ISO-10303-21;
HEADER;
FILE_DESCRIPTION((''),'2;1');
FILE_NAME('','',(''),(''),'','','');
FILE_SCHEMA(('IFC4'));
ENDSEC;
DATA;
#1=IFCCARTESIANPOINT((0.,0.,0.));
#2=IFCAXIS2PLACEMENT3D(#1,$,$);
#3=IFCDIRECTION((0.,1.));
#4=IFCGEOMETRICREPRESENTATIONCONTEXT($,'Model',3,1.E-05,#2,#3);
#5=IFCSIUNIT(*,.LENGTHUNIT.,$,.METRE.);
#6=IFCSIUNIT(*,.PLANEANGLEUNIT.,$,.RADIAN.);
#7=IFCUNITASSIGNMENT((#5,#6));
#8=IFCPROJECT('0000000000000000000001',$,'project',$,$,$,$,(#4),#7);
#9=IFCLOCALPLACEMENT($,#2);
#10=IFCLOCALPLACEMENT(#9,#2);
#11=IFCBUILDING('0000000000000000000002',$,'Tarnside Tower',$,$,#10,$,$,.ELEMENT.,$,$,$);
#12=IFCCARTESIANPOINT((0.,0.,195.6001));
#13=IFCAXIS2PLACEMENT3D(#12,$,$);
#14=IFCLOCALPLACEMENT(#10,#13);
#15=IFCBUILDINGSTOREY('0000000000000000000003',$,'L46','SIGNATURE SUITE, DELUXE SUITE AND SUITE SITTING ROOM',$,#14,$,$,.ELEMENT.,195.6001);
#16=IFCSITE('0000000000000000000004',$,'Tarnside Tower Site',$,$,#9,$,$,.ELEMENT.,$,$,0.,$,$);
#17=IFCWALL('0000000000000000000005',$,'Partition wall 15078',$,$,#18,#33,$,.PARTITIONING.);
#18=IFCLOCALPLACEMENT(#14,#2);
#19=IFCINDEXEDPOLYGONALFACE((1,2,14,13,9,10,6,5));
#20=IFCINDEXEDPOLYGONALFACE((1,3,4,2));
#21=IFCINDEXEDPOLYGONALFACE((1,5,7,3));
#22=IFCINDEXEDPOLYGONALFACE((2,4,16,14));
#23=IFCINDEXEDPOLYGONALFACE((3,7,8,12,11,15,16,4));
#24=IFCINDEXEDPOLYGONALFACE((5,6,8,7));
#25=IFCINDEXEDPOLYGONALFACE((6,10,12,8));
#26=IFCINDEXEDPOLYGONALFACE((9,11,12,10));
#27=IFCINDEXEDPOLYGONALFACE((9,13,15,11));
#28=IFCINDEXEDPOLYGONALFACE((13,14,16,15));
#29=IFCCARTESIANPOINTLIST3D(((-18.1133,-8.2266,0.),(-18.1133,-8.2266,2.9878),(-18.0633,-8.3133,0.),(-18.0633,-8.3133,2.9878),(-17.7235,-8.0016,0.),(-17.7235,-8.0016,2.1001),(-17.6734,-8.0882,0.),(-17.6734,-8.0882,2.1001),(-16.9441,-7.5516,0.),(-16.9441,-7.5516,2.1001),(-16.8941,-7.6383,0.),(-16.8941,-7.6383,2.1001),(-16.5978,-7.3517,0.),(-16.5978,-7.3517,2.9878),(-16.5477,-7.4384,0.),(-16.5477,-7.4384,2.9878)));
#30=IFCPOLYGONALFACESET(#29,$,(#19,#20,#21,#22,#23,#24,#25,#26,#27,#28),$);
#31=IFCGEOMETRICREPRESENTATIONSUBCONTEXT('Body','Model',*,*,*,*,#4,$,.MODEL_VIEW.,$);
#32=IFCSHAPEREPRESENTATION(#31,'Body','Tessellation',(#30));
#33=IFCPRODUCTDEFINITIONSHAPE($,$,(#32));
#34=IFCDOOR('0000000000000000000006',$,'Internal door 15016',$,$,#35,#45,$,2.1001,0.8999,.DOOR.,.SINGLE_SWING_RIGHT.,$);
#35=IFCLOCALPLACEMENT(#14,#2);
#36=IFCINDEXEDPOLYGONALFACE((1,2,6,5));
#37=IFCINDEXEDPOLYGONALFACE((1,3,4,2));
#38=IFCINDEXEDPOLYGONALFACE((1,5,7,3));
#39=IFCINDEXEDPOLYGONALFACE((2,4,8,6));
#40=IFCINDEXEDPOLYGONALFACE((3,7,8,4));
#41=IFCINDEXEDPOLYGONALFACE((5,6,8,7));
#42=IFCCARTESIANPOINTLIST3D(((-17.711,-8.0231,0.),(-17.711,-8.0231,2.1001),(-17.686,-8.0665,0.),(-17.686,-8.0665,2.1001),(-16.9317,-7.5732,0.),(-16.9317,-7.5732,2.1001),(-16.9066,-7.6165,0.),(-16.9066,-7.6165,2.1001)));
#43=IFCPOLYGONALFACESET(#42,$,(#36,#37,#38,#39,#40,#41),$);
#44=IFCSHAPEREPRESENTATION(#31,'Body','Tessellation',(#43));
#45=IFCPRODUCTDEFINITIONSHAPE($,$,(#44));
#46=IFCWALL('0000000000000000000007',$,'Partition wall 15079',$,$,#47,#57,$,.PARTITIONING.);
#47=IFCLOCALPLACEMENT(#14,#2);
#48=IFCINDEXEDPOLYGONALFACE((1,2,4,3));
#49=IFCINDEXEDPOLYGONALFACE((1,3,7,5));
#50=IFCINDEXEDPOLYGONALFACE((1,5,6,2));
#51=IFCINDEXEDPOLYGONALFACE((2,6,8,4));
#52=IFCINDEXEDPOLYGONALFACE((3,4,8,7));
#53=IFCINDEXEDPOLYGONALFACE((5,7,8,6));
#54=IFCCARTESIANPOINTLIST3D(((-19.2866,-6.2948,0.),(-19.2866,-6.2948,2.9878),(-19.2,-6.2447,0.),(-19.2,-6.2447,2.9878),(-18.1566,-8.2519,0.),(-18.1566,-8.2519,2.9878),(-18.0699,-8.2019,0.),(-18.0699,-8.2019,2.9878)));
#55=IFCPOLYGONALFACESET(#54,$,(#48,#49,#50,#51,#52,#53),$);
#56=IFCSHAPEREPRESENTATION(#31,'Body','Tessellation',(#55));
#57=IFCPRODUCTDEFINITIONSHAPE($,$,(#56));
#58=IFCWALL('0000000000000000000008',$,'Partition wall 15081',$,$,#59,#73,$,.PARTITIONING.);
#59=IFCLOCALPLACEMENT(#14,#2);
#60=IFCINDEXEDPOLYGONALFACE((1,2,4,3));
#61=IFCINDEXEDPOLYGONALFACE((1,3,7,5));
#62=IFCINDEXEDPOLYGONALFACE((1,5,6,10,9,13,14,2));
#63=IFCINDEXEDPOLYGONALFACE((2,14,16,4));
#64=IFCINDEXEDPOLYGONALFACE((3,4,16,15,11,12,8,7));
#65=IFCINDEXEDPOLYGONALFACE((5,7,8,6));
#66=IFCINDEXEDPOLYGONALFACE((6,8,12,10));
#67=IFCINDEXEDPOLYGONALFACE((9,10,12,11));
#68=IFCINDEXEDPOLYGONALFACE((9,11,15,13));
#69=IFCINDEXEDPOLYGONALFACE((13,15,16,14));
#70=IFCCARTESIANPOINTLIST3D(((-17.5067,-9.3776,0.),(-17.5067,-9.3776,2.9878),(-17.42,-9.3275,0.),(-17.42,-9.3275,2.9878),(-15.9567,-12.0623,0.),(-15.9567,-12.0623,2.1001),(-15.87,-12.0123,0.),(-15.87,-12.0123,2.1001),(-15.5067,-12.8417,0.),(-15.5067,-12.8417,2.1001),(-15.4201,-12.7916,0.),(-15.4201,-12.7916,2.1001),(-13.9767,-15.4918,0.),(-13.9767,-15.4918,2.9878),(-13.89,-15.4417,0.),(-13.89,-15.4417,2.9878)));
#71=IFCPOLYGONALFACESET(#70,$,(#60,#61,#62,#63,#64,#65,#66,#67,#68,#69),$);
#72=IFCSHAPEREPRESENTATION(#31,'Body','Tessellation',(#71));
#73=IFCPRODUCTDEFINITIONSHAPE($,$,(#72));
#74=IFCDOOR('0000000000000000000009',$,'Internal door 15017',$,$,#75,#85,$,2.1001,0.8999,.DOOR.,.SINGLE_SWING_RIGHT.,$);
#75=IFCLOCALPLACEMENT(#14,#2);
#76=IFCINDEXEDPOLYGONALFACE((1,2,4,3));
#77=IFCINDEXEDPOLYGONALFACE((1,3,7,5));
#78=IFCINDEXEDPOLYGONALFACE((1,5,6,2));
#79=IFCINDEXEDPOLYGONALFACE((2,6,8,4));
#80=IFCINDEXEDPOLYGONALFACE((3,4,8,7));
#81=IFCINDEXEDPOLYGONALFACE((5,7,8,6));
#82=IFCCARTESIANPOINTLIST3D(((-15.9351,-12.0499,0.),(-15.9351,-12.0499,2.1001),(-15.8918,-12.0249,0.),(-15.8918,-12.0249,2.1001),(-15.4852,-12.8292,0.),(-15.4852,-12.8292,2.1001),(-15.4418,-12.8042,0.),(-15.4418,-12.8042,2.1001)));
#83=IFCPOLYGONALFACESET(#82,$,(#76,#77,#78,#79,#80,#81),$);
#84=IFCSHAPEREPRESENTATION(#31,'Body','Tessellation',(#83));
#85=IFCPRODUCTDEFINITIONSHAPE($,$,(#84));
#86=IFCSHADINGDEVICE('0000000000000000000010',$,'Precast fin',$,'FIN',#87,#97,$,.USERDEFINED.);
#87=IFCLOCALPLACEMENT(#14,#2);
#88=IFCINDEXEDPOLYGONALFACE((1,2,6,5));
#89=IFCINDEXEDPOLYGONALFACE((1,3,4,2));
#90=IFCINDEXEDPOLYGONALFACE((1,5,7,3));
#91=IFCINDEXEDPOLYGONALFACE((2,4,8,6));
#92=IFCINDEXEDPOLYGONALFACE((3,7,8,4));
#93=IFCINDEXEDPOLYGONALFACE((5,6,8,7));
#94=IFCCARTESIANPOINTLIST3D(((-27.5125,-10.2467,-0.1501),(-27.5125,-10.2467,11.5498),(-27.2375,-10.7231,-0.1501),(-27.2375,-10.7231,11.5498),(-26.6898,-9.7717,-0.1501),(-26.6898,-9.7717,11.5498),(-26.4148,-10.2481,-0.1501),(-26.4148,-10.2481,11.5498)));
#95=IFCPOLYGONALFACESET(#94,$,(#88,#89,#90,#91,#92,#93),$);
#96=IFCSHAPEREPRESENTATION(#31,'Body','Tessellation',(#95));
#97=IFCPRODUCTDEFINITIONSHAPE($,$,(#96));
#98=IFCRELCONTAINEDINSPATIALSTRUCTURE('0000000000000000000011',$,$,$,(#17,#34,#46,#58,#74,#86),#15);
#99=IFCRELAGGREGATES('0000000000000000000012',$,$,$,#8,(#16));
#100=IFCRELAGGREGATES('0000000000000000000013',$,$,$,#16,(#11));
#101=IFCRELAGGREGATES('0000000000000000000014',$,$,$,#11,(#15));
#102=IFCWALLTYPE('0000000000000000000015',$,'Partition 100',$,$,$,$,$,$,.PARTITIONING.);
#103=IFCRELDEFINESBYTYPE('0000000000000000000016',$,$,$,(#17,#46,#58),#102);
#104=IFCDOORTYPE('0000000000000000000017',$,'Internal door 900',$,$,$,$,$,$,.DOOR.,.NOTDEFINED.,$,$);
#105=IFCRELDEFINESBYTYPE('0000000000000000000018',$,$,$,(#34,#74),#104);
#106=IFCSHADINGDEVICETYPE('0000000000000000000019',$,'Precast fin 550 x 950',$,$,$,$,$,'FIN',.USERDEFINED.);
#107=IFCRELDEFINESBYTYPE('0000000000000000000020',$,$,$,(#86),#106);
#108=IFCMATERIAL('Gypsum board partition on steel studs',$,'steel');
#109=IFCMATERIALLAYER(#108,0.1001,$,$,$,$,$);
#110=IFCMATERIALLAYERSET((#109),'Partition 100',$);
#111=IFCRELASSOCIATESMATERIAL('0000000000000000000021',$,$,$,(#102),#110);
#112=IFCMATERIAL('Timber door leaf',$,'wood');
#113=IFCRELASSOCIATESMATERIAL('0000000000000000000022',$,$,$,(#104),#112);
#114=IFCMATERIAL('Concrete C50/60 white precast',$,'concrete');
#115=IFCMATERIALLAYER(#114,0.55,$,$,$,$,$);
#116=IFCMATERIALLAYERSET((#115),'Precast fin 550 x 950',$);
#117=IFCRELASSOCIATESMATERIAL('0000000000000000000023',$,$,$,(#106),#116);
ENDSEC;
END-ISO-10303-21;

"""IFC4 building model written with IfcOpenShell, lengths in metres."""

from ifc_helpers import new_model, si_unit, direction, frame, frame_2d, origin, place, context, subcontext, project, spatial, polyline, rectangle, outline, extrude, material, layer, layer_set, type_object, element, fill, save


model = new_model("IFC4")

# Units and contexts
model_context = context("Model", 3, precision=1e-05, world=origin(), true_north=direction((0.0, 1.0)))
body_context = subcontext(model_context, "Body", "Model", "MODEL_VIEW")
ifc_project = project(units=[si_unit("LENGTHUNIT", "METRE"), si_unit("PLANEANGLEUNIT", "RADIAN")], contexts=[model_context])

# Site, building, storey
site_placement = place(None, origin())
site = spatial("IfcSite", under=ifc_project, at=site_placement, Name="Tarnside Tower Site", CompositionType="ELEMENT", RefElevation=0.0)
building_placement = place(site_placement, origin())
building = spatial("IfcBuilding", under=site, at=building_placement, Name="Tarnside Tower", CompositionType="ELEMENT")
storey_placement = place(building_placement, frame((0.0, 0.0, 195.6001)))
storey = spatial("IfcBuildingStorey", under=building, at=storey_placement, Name="L46", Description="SIGNATURE SUITE, DELUXE SUITE AND SUITE SITTING ROOM", CompositionType="ELEMENT", Elevation=195.6001)

# Shared definitions
ifc_material_1 = material(Name="Gypsum board partition on steel studs", Category="steel")

# Shared definitions
ifc_material_2 = material(Name="Timber door leaf", Category="wood")

# Wall, opening, door
ifc_layer_1 = layer(ifc_material_1, 0.1001)
ifc_layer_set_1 = layer_set([ifc_layer_1], Name="Partition 100")
wall_type_1 = type_object("IfcWallType", Name="Partition 100", PredefinedType="PARTITIONING", material=ifc_layer_set_1)
wall_1_placement = place(storey_placement, frame((-16.5728, -7.395, 0.0), z_axis=(0.0, 0.0, 1.0), x_axis=(-0.866037, -0.49998, 0.0)))
wall_1 = element("IfcWall", 1, at=wall_1_placement, inside=storey, type_object=wall_type_1, Name="Partition wall 15078", PredefinedType="PARTITIONING", context=body_context, shape_type="SweptSolid", body=[
    extrude(rectangle(XDim=1.75, YDim=0.1001, at=frame_2d((0.875, 0.0))), origin(), (0.0, 0.0, 1.0), 2.9878),
])
opening_1_placement = place(wall_1_placement, frame((0.3999, 0.0, 0.0)))
opening_1 = element("IfcOpeningElement", 2, at=opening_1_placement, cuts=wall_1, PredefinedType="OPENING", context=body_context, shape_type="SweptSolid", body=[
    extrude(rectangle(XDim=0.8999, YDim=2.1001, at=frame_2d((0.45, 1.05))), frame((0.0, 0.0601, 0.0), z_axis=(0.0, -1.0, 0.0), x_axis=(1.0, 0.0, 0.0)), (0.0, 0.0, 1.0), 0.1201),
])
door_type_1 = type_object("IfcDoorType", Name="Internal door 900", OperationType="NOTDEFINED", PredefinedType="DOOR", material=ifc_material_2)
door_1_placement = place(opening_1_placement, origin())
door_1 = element("IfcDoor", 3, at=door_1_placement, inside=storey, type_object=door_type_1, Name="Internal door 15016", OperationType="SINGLE_SWING_RIGHT", OverallHeight=2.1001, OverallWidth=0.8999, PredefinedType="DOOR", context=body_context, shape_type="SweptSolid", body=[
    extrude(rectangle(XDim=0.8999, YDim=2.1001, at=frame_2d((0.45, 1.05))), frame((0.0, 0.0249, 0.0), z_axis=(0.0, -1.0, 0.0), x_axis=(1.0, 0.0, 0.0)), (0.0, 0.0, 1.0), 0.05),
])
fill(opening_1, door_1)

# Wall
wall_2_placement = place(storey_placement, frame((-18.1133, -8.2268, 0.0), z_axis=(0.0, 0.0, 1.0), x_axis=(-0.500031, 0.866007, 0.0)))
element("IfcWall", 4, at=wall_2_placement, inside=storey, type_object=wall_type_1, Name="Partition wall 15079", PredefinedType="PARTITIONING", context=body_context, shape_type="SweptSolid", body=[
    extrude(rectangle(XDim=2.26, YDim=0.1001, at=frame_2d((1.1299, 0.0))), origin(), (0.0, 0.0, 1.0), 2.9878),
])

# Wall, opening, door
wall_3_placement = place(storey_placement, frame((-17.4634, -9.3525, 0.0), z_axis=(0.0, 0.0, 1.0), x_axis=(0.499996, -0.866028, 0.0)))
wall_3 = element("IfcWall", 5, at=wall_3_placement, inside=storey, type_object=wall_type_1, Name="Partition wall 15081", PredefinedType="PARTITIONING", context=body_context, shape_type="SweptSolid", body=[
    extrude(rectangle(XDim=7.0601, YDim=0.1001, at=frame_2d((3.53, 0.0))), origin(), (0.0, 0.0, 1.0), 2.9878),
])
opening_2_placement = place(wall_3_placement, frame((3.1001, 0.0, 0.0)))
opening_2 = element("IfcOpeningElement", 6, at=opening_2_placement, cuts=wall_3, PredefinedType="OPENING", context=body_context, shape_type="SweptSolid", body=[
    extrude(rectangle(XDim=0.8999, YDim=2.1001, at=frame_2d((0.45, 1.05))), frame((0.0, 0.0601, 0.0), z_axis=(0.0, -1.0, 0.0), x_axis=(1.0, 0.0, 0.0)), (0.0, 0.0, 1.0), 0.1201),
])
door_2_placement = place(opening_2_placement, origin())
door_2 = element("IfcDoor", 7, at=door_2_placement, inside=storey, type_object=door_type_1, Name="Internal door 15017", OperationType="SINGLE_SWING_RIGHT", OverallHeight=2.1001, OverallWidth=0.8999, PredefinedType="DOOR", context=body_context, shape_type="SweptSolid", body=[
    extrude(rectangle(XDim=0.8999, YDim=2.1001, at=frame_2d((0.45, 1.05))), frame((0.0, 0.0249, 0.0), z_axis=(0.0, -1.0, 0.0), x_axis=(1.0, 0.0, 0.0)), (0.0, 0.0, 1.0), 0.05),
])
fill(opening_2, door_2)

# Shading device
ifc_material_3 = material(Name="Concrete C50/60 white precast", Category="concrete")
ifc_layer_2 = layer(ifc_material_3, 0.55)
ifc_layer_set_2 = layer_set([ifc_layer_2], Name="Precast fin 550 x 950")
shading_device_type = type_object("IfcShadingDeviceType", Name="Precast fin 550 x 950", ElementType="FIN", PredefinedType="USERDEFINED", material=ifc_layer_set_2)
shading_device_placement = place(storey_placement, frame((-26.5522, -10.01, -0.1501), z_axis=(-0.5, 0.866025, 0.0), x_axis=(-0.866025, -0.5, 0.0)))
element("IfcShadingDevice", 8, at=shading_device_placement, inside=storey, type_object=shading_device_type, Name="Precast fin", ObjectType="FIN", PredefinedType="USERDEFINED", context=body_context, shape_type="SweptSolid", body=[
    extrude(outline(polyline([(0.0, 0.0), (0.95, 0.0), (0.95, 11.7), (0.0, 11.7), (0.0, 0.0)])), frame((0.0, 0.0, -0.2749)), (0.0, 0.0, 1.0), 0.55),
])

save(model, "model.ifc")
